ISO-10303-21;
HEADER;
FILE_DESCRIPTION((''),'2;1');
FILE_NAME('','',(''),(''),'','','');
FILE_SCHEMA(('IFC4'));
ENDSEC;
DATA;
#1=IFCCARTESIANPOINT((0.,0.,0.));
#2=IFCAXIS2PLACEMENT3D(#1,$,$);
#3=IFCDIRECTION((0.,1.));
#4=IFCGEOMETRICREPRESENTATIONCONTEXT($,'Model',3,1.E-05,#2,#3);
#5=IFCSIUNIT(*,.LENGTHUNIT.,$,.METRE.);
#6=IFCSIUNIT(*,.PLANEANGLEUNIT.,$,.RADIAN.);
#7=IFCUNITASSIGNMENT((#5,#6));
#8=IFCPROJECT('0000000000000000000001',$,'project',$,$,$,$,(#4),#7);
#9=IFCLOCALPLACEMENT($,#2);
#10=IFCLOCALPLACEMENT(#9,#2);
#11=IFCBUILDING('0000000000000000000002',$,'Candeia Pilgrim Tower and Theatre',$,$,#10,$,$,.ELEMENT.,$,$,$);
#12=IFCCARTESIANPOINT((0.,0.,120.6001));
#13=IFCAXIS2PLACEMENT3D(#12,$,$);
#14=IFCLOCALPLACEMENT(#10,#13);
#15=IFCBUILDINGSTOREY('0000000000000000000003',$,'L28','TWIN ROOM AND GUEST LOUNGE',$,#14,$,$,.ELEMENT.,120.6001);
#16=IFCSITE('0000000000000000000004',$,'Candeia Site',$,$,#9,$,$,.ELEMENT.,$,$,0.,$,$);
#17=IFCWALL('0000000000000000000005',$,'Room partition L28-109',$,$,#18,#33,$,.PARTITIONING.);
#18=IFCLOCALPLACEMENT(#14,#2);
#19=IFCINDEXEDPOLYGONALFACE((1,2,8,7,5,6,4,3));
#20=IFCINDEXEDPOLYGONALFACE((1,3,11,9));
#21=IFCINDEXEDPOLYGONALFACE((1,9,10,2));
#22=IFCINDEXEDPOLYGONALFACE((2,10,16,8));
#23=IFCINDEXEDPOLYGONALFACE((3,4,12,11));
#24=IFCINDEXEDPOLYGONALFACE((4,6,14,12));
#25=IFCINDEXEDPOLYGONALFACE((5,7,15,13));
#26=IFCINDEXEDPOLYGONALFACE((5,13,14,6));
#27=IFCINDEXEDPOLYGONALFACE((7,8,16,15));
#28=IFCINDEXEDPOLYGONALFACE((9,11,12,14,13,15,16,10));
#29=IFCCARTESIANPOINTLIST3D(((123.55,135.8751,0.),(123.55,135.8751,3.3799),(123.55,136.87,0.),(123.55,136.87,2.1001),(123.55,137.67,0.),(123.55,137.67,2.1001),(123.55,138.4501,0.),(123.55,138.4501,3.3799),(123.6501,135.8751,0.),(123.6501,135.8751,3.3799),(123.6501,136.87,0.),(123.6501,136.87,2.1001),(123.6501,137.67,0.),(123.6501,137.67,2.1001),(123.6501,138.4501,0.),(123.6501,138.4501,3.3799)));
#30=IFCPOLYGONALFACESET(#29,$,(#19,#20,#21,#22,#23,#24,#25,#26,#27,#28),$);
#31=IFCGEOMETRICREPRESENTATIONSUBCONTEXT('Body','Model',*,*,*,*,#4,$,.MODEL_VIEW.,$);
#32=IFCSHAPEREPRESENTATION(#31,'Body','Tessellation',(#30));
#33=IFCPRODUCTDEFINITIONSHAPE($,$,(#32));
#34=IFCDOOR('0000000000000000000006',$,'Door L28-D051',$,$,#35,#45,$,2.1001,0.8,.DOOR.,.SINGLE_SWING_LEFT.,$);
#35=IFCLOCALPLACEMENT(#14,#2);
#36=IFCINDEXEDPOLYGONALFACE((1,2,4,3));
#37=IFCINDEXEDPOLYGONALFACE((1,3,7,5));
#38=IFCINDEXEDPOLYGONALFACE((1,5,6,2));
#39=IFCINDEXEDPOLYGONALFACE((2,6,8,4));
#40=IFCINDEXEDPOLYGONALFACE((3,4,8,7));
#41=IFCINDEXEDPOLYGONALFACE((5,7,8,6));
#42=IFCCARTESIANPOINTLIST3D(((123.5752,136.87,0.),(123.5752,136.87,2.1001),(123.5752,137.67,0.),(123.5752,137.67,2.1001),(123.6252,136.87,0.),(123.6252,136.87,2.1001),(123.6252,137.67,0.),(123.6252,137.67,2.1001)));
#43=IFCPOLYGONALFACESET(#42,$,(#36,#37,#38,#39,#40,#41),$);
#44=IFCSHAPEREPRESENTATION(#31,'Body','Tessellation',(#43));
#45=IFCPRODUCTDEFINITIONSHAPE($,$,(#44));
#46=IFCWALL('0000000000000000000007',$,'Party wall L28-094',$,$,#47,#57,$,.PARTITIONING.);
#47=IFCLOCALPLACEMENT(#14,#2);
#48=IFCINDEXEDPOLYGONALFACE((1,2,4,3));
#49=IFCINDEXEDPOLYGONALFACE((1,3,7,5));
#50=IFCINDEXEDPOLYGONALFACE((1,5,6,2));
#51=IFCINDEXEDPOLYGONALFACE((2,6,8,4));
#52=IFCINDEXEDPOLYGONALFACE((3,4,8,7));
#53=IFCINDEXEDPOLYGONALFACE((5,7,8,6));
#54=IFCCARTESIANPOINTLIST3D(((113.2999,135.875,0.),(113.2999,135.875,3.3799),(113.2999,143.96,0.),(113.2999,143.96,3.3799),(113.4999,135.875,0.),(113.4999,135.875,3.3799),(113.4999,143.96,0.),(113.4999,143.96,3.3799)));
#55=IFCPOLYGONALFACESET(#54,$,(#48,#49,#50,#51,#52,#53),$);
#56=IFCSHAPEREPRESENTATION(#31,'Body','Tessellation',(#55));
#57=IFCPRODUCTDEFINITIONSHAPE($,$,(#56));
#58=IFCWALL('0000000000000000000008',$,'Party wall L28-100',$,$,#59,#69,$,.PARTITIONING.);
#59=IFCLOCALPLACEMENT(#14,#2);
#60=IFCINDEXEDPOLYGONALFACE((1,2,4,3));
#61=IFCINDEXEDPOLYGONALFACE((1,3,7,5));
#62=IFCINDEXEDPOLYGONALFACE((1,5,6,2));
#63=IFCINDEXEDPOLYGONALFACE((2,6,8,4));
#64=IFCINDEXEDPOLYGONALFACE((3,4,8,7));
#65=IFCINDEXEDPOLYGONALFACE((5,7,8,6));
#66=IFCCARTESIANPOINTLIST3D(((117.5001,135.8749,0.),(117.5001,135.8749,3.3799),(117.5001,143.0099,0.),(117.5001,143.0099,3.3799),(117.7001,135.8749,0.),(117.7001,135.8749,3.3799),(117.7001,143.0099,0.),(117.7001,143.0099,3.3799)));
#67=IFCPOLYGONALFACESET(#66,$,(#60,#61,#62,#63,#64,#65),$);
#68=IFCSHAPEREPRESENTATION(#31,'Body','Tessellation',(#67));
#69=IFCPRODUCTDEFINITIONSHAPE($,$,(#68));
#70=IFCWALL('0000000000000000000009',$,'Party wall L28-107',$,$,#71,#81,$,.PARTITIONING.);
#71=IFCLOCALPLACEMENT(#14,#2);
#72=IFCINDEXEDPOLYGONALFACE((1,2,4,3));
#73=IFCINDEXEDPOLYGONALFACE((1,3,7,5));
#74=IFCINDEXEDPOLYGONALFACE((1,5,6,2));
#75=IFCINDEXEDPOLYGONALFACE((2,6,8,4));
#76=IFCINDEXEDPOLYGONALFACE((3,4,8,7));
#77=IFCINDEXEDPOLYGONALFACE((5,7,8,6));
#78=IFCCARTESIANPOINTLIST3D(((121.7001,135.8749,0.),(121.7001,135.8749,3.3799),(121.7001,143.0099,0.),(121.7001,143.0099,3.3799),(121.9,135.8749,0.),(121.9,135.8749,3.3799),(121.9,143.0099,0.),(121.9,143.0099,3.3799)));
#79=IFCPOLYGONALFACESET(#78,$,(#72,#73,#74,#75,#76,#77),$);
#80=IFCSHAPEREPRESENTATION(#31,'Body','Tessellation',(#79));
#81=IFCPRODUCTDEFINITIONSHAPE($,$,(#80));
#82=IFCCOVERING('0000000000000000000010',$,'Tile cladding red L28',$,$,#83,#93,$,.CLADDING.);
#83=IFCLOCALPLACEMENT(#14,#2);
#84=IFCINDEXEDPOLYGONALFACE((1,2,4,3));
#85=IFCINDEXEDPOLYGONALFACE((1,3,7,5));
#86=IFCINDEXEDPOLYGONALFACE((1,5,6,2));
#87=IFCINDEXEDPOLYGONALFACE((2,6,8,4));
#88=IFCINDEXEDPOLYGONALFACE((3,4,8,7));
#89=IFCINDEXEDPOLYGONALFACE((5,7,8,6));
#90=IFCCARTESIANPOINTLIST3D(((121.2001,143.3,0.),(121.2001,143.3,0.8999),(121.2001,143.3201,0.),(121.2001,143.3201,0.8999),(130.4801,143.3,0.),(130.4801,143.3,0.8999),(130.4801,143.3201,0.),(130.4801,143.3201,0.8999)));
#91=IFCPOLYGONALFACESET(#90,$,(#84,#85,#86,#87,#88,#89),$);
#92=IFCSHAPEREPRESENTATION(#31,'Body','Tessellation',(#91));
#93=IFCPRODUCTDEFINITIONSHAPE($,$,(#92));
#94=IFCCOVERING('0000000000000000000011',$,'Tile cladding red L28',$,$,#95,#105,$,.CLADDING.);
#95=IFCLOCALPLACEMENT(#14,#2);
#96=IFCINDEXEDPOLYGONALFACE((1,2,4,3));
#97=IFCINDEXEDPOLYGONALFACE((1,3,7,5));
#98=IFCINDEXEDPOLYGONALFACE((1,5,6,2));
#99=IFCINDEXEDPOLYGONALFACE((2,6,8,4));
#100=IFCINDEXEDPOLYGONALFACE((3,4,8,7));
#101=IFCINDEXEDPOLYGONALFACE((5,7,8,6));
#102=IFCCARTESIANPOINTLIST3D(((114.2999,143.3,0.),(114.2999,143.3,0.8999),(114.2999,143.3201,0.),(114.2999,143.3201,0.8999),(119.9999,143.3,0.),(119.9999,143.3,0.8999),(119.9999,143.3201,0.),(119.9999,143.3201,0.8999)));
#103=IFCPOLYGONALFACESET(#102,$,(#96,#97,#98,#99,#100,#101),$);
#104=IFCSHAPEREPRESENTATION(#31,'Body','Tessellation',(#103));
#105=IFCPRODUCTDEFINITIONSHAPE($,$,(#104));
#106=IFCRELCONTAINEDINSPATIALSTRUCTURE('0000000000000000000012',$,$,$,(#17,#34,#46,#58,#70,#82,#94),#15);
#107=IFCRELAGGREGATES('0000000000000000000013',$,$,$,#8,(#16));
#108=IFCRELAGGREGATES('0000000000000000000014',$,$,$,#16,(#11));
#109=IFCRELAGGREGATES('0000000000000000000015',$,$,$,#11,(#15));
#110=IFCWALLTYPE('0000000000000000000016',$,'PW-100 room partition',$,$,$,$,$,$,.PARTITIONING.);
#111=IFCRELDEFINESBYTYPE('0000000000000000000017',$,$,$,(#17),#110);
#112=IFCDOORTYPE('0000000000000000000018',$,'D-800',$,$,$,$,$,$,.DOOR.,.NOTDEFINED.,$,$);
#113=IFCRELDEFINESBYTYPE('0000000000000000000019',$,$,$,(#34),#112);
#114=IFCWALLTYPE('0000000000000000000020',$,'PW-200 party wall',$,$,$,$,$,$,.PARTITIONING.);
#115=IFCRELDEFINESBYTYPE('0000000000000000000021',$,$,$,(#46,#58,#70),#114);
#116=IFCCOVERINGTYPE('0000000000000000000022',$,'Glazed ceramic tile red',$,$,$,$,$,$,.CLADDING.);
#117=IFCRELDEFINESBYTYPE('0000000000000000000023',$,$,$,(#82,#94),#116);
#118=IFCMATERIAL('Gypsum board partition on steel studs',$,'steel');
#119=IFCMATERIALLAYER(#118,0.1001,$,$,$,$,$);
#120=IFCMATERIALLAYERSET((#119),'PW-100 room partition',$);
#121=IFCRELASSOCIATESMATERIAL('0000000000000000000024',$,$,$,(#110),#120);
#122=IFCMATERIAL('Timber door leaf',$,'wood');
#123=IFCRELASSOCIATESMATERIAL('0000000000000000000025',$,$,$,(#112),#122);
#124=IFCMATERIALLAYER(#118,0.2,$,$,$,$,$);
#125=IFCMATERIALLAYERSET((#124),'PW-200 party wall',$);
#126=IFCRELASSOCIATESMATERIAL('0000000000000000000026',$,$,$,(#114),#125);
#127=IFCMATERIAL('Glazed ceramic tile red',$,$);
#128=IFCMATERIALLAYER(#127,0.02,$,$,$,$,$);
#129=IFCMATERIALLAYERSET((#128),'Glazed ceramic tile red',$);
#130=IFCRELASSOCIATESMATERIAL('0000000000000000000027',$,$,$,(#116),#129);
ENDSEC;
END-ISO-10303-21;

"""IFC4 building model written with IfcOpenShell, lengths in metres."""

from ifc_helpers import new_model, si_unit, direction, frame, frame_2d, origin, origin_2d, place, context, subcontext, project, spatial, rectangle, extrude, material, layer, layer_set, type_object, element, fill, save


model = new_model("IFC4")

# Units and contexts
model_context = context("Model", 3, precision=1e-05, world=origin(), true_north=direction((0.0, 1.0)))
body_context = subcontext(model_context, "Body", "Model", "MODEL_VIEW")
ifc_project = project(units=[si_unit("LENGTHUNIT", "METRE"), si_unit("PLANEANGLEUNIT", "RADIAN")], contexts=[model_context])

# Site, building, storey
site_placement = place(None, origin())
site = spatial("IfcSite", under=ifc_project, at=site_placement, Name="Candeia Site", CompositionType="ELEMENT", RefElevation=0.0)
building_placement = place(site_placement, origin())
building = spatial("IfcBuilding", under=site, at=building_placement, Name="Candeia Pilgrim Tower and Theatre", CompositionType="ELEMENT")
storey_placement = place(building_placement, frame((0.0, 0.0, 120.6001)))
storey = spatial("IfcBuildingStorey", under=building, at=storey_placement, Name="L28", Description="TWIN ROOM AND GUEST LOUNGE", CompositionType="ELEMENT", Elevation=120.6001)

# Shared definitions
ifc_material_1 = material(Name="Gypsum board partition on steel studs", Category="steel")
ifc_layer_1 = layer(ifc_material_1, 0.1001)
ifc_layer_set_1 = layer_set([ifc_layer_1], Name="PW-100 room partition")
wall_type_1 = type_object("IfcWallType", Name="PW-100 room partition", PredefinedType="PARTITIONING", material=ifc_layer_set_1)
ifc_material_2 = material(Name="Timber door leaf", Category="wood")
door_type_1 = type_object("IfcDoorType", Name="D-800", OperationType="NOTDEFINED", PredefinedType="DOOR", material=ifc_material_2)

# Wall, opening, door
wall_1_placement = place(storey_placement, frame((123.6001, 135.875, 0.0), z_axis=(0.0, 0.0, 1.0), x_axis=(0.0, 1.0, 0.0)))
wall_1 = element("IfcWall", 1, at=wall_1_placement, inside=storey, type_object=wall_type_1, Name="Room partition L28-109", PredefinedType="PARTITIONING", context=body_context, shape_type="SweptSolid", body=[
    extrude(rectangle(XDim=2.575, YDim=0.1001, at=frame_2d((1.2876, 0.0))), origin(), (0.0, 0.0, 1.0), 3.3799),
])
opening_1_placement = place(wall_1_placement, frame((0.9951, 0.0, 0.0)))
opening_1 = element("IfcOpeningElement", 2, at=opening_1_placement, cuts=wall_1, PredefinedType="OPENING", context=body_context, shape_type="SweptSolid", body=[
    extrude(rectangle(XDim=0.8, YDim=2.1001, at=frame_2d((0.3999, 1.05))), frame((0.0, 0.0601, 0.0), z_axis=(0.0, -1.0, 0.0), x_axis=(1.0, 0.0, 0.0)), (0.0, 0.0, 1.0), 0.1201),
])
door_1_placement = place(opening_1_placement, origin())
door_1 = element("IfcDoor", 3, at=door_1_placement, inside=storey, type_object=door_type_1, Name="Door L28-D051", OperationType="SINGLE_SWING_LEFT", OverallHeight=2.1001, OverallWidth=0.8, PredefinedType="DOOR", context=body_context, shape_type="SweptSolid", body=[
    extrude(rectangle(XDim=0.8, YDim=2.1001, at=frame_2d((0.3999, 1.05))), frame((0.0, 0.0249, 0.0), z_axis=(0.0, -1.0, 0.0), x_axis=(1.0, 0.0, 0.0)), (0.0, 0.0, 1.0), 0.05),
])
fill(opening_1, door_1)

# Walls
ifc_layer_2 = layer(ifc_material_1, 0.2)
ifc_layer_set_2 = layer_set([ifc_layer_2], Name="PW-200 party wall")
wall_type_2 = type_object("IfcWallType", Name="PW-200 party wall", PredefinedType="PARTITIONING", material=ifc_layer_set_2)
wall_2_placement = place(storey_placement, frame((113.3999, 135.875, 0.0), z_axis=(0.0, 0.0, 1.0), x_axis=(0.0, 1.0, 0.0)))
element("IfcWall", 4, at=wall_2_placement, inside=storey, type_object=wall_type_2, Name="Party wall L28-094", PredefinedType="PARTITIONING", context=body_context, shape_type="SweptSolid", body=[
    extrude(rectangle(XDim=8.085, YDim=0.2, at=frame_2d((4.0425, 0.0))), origin(), (0.0, 0.0, 1.0), 3.3799),
])
for number, where, z_axis, x_axis, name in (
    (5, (117.6001, 135.875, 0.0), (0.0, 0.0, 1.0), (0.0, 1.0, 0.0), "Party wall L28-100"),
    (6, (121.8, 135.875, 0.0), (0.0, 0.0, 1.0), (0.0, 1.0, 0.0), "Party wall L28-107"),
):
    element("IfcWall", number, at=place(storey_placement, frame(where, z_axis=z_axis, x_axis=x_axis)), inside=storey, type_object=wall_type_2, Name=name, PredefinedType="PARTITIONING", context=body_context, shape_type="SweptSolid", body=[
        extrude(rectangle(XDim=7.135, YDim=0.2, at=frame_2d((3.5674, 0.0))), origin(), (0.0, 0.0, 1.0), 3.3799),
    ])

# Coverings
ifc_material_3 = material(Name="Glazed ceramic tile red")
ifc_layer_3 = layer(ifc_material_3, 0.02)
ifc_layer_set_3 = layer_set([ifc_layer_3], Name="Glazed ceramic tile red")
covering_type = type_object("IfcCoveringType", Name="Glazed ceramic tile red", PredefinedType="CLADDING", material=ifc_layer_set_3)
covering_1_placement = place(storey_placement, frame((125.8401, 143.3101, 0.0), z_axis=(0.0, 0.0, 1.0), x_axis=(-1.0, 0.0, 0.0)))
element("IfcCovering", 7, at=covering_1_placement, inside=storey, type_object=covering_type, Name="Tile cladding red L28", PredefinedType="CLADDING", context=body_context, shape_type="SweptSolid", body=[
    extrude(rectangle(XDim=9.28, YDim=0.02, at=origin_2d()), origin(), (0.0, 0.0, 1.0), 0.8999),
])
covering_2_placement = place(storey_placement, frame((117.1499, 143.3101, 0.0), z_axis=(0.0, 0.0, 1.0), x_axis=(-1.0, 0.0, 0.0)))
element("IfcCovering", 8, at=covering_2_placement, inside=storey, type_object=covering_type, Name="Tile cladding red L28", PredefinedType="CLADDING", context=body_context, shape_type="SweptSolid", body=[
    extrude(rectangle(XDim=5.7, YDim=0.02, at=origin_2d()), origin(), (0.0, 0.0, 1.0), 0.8999),
])

save(model, "model.ifc")
